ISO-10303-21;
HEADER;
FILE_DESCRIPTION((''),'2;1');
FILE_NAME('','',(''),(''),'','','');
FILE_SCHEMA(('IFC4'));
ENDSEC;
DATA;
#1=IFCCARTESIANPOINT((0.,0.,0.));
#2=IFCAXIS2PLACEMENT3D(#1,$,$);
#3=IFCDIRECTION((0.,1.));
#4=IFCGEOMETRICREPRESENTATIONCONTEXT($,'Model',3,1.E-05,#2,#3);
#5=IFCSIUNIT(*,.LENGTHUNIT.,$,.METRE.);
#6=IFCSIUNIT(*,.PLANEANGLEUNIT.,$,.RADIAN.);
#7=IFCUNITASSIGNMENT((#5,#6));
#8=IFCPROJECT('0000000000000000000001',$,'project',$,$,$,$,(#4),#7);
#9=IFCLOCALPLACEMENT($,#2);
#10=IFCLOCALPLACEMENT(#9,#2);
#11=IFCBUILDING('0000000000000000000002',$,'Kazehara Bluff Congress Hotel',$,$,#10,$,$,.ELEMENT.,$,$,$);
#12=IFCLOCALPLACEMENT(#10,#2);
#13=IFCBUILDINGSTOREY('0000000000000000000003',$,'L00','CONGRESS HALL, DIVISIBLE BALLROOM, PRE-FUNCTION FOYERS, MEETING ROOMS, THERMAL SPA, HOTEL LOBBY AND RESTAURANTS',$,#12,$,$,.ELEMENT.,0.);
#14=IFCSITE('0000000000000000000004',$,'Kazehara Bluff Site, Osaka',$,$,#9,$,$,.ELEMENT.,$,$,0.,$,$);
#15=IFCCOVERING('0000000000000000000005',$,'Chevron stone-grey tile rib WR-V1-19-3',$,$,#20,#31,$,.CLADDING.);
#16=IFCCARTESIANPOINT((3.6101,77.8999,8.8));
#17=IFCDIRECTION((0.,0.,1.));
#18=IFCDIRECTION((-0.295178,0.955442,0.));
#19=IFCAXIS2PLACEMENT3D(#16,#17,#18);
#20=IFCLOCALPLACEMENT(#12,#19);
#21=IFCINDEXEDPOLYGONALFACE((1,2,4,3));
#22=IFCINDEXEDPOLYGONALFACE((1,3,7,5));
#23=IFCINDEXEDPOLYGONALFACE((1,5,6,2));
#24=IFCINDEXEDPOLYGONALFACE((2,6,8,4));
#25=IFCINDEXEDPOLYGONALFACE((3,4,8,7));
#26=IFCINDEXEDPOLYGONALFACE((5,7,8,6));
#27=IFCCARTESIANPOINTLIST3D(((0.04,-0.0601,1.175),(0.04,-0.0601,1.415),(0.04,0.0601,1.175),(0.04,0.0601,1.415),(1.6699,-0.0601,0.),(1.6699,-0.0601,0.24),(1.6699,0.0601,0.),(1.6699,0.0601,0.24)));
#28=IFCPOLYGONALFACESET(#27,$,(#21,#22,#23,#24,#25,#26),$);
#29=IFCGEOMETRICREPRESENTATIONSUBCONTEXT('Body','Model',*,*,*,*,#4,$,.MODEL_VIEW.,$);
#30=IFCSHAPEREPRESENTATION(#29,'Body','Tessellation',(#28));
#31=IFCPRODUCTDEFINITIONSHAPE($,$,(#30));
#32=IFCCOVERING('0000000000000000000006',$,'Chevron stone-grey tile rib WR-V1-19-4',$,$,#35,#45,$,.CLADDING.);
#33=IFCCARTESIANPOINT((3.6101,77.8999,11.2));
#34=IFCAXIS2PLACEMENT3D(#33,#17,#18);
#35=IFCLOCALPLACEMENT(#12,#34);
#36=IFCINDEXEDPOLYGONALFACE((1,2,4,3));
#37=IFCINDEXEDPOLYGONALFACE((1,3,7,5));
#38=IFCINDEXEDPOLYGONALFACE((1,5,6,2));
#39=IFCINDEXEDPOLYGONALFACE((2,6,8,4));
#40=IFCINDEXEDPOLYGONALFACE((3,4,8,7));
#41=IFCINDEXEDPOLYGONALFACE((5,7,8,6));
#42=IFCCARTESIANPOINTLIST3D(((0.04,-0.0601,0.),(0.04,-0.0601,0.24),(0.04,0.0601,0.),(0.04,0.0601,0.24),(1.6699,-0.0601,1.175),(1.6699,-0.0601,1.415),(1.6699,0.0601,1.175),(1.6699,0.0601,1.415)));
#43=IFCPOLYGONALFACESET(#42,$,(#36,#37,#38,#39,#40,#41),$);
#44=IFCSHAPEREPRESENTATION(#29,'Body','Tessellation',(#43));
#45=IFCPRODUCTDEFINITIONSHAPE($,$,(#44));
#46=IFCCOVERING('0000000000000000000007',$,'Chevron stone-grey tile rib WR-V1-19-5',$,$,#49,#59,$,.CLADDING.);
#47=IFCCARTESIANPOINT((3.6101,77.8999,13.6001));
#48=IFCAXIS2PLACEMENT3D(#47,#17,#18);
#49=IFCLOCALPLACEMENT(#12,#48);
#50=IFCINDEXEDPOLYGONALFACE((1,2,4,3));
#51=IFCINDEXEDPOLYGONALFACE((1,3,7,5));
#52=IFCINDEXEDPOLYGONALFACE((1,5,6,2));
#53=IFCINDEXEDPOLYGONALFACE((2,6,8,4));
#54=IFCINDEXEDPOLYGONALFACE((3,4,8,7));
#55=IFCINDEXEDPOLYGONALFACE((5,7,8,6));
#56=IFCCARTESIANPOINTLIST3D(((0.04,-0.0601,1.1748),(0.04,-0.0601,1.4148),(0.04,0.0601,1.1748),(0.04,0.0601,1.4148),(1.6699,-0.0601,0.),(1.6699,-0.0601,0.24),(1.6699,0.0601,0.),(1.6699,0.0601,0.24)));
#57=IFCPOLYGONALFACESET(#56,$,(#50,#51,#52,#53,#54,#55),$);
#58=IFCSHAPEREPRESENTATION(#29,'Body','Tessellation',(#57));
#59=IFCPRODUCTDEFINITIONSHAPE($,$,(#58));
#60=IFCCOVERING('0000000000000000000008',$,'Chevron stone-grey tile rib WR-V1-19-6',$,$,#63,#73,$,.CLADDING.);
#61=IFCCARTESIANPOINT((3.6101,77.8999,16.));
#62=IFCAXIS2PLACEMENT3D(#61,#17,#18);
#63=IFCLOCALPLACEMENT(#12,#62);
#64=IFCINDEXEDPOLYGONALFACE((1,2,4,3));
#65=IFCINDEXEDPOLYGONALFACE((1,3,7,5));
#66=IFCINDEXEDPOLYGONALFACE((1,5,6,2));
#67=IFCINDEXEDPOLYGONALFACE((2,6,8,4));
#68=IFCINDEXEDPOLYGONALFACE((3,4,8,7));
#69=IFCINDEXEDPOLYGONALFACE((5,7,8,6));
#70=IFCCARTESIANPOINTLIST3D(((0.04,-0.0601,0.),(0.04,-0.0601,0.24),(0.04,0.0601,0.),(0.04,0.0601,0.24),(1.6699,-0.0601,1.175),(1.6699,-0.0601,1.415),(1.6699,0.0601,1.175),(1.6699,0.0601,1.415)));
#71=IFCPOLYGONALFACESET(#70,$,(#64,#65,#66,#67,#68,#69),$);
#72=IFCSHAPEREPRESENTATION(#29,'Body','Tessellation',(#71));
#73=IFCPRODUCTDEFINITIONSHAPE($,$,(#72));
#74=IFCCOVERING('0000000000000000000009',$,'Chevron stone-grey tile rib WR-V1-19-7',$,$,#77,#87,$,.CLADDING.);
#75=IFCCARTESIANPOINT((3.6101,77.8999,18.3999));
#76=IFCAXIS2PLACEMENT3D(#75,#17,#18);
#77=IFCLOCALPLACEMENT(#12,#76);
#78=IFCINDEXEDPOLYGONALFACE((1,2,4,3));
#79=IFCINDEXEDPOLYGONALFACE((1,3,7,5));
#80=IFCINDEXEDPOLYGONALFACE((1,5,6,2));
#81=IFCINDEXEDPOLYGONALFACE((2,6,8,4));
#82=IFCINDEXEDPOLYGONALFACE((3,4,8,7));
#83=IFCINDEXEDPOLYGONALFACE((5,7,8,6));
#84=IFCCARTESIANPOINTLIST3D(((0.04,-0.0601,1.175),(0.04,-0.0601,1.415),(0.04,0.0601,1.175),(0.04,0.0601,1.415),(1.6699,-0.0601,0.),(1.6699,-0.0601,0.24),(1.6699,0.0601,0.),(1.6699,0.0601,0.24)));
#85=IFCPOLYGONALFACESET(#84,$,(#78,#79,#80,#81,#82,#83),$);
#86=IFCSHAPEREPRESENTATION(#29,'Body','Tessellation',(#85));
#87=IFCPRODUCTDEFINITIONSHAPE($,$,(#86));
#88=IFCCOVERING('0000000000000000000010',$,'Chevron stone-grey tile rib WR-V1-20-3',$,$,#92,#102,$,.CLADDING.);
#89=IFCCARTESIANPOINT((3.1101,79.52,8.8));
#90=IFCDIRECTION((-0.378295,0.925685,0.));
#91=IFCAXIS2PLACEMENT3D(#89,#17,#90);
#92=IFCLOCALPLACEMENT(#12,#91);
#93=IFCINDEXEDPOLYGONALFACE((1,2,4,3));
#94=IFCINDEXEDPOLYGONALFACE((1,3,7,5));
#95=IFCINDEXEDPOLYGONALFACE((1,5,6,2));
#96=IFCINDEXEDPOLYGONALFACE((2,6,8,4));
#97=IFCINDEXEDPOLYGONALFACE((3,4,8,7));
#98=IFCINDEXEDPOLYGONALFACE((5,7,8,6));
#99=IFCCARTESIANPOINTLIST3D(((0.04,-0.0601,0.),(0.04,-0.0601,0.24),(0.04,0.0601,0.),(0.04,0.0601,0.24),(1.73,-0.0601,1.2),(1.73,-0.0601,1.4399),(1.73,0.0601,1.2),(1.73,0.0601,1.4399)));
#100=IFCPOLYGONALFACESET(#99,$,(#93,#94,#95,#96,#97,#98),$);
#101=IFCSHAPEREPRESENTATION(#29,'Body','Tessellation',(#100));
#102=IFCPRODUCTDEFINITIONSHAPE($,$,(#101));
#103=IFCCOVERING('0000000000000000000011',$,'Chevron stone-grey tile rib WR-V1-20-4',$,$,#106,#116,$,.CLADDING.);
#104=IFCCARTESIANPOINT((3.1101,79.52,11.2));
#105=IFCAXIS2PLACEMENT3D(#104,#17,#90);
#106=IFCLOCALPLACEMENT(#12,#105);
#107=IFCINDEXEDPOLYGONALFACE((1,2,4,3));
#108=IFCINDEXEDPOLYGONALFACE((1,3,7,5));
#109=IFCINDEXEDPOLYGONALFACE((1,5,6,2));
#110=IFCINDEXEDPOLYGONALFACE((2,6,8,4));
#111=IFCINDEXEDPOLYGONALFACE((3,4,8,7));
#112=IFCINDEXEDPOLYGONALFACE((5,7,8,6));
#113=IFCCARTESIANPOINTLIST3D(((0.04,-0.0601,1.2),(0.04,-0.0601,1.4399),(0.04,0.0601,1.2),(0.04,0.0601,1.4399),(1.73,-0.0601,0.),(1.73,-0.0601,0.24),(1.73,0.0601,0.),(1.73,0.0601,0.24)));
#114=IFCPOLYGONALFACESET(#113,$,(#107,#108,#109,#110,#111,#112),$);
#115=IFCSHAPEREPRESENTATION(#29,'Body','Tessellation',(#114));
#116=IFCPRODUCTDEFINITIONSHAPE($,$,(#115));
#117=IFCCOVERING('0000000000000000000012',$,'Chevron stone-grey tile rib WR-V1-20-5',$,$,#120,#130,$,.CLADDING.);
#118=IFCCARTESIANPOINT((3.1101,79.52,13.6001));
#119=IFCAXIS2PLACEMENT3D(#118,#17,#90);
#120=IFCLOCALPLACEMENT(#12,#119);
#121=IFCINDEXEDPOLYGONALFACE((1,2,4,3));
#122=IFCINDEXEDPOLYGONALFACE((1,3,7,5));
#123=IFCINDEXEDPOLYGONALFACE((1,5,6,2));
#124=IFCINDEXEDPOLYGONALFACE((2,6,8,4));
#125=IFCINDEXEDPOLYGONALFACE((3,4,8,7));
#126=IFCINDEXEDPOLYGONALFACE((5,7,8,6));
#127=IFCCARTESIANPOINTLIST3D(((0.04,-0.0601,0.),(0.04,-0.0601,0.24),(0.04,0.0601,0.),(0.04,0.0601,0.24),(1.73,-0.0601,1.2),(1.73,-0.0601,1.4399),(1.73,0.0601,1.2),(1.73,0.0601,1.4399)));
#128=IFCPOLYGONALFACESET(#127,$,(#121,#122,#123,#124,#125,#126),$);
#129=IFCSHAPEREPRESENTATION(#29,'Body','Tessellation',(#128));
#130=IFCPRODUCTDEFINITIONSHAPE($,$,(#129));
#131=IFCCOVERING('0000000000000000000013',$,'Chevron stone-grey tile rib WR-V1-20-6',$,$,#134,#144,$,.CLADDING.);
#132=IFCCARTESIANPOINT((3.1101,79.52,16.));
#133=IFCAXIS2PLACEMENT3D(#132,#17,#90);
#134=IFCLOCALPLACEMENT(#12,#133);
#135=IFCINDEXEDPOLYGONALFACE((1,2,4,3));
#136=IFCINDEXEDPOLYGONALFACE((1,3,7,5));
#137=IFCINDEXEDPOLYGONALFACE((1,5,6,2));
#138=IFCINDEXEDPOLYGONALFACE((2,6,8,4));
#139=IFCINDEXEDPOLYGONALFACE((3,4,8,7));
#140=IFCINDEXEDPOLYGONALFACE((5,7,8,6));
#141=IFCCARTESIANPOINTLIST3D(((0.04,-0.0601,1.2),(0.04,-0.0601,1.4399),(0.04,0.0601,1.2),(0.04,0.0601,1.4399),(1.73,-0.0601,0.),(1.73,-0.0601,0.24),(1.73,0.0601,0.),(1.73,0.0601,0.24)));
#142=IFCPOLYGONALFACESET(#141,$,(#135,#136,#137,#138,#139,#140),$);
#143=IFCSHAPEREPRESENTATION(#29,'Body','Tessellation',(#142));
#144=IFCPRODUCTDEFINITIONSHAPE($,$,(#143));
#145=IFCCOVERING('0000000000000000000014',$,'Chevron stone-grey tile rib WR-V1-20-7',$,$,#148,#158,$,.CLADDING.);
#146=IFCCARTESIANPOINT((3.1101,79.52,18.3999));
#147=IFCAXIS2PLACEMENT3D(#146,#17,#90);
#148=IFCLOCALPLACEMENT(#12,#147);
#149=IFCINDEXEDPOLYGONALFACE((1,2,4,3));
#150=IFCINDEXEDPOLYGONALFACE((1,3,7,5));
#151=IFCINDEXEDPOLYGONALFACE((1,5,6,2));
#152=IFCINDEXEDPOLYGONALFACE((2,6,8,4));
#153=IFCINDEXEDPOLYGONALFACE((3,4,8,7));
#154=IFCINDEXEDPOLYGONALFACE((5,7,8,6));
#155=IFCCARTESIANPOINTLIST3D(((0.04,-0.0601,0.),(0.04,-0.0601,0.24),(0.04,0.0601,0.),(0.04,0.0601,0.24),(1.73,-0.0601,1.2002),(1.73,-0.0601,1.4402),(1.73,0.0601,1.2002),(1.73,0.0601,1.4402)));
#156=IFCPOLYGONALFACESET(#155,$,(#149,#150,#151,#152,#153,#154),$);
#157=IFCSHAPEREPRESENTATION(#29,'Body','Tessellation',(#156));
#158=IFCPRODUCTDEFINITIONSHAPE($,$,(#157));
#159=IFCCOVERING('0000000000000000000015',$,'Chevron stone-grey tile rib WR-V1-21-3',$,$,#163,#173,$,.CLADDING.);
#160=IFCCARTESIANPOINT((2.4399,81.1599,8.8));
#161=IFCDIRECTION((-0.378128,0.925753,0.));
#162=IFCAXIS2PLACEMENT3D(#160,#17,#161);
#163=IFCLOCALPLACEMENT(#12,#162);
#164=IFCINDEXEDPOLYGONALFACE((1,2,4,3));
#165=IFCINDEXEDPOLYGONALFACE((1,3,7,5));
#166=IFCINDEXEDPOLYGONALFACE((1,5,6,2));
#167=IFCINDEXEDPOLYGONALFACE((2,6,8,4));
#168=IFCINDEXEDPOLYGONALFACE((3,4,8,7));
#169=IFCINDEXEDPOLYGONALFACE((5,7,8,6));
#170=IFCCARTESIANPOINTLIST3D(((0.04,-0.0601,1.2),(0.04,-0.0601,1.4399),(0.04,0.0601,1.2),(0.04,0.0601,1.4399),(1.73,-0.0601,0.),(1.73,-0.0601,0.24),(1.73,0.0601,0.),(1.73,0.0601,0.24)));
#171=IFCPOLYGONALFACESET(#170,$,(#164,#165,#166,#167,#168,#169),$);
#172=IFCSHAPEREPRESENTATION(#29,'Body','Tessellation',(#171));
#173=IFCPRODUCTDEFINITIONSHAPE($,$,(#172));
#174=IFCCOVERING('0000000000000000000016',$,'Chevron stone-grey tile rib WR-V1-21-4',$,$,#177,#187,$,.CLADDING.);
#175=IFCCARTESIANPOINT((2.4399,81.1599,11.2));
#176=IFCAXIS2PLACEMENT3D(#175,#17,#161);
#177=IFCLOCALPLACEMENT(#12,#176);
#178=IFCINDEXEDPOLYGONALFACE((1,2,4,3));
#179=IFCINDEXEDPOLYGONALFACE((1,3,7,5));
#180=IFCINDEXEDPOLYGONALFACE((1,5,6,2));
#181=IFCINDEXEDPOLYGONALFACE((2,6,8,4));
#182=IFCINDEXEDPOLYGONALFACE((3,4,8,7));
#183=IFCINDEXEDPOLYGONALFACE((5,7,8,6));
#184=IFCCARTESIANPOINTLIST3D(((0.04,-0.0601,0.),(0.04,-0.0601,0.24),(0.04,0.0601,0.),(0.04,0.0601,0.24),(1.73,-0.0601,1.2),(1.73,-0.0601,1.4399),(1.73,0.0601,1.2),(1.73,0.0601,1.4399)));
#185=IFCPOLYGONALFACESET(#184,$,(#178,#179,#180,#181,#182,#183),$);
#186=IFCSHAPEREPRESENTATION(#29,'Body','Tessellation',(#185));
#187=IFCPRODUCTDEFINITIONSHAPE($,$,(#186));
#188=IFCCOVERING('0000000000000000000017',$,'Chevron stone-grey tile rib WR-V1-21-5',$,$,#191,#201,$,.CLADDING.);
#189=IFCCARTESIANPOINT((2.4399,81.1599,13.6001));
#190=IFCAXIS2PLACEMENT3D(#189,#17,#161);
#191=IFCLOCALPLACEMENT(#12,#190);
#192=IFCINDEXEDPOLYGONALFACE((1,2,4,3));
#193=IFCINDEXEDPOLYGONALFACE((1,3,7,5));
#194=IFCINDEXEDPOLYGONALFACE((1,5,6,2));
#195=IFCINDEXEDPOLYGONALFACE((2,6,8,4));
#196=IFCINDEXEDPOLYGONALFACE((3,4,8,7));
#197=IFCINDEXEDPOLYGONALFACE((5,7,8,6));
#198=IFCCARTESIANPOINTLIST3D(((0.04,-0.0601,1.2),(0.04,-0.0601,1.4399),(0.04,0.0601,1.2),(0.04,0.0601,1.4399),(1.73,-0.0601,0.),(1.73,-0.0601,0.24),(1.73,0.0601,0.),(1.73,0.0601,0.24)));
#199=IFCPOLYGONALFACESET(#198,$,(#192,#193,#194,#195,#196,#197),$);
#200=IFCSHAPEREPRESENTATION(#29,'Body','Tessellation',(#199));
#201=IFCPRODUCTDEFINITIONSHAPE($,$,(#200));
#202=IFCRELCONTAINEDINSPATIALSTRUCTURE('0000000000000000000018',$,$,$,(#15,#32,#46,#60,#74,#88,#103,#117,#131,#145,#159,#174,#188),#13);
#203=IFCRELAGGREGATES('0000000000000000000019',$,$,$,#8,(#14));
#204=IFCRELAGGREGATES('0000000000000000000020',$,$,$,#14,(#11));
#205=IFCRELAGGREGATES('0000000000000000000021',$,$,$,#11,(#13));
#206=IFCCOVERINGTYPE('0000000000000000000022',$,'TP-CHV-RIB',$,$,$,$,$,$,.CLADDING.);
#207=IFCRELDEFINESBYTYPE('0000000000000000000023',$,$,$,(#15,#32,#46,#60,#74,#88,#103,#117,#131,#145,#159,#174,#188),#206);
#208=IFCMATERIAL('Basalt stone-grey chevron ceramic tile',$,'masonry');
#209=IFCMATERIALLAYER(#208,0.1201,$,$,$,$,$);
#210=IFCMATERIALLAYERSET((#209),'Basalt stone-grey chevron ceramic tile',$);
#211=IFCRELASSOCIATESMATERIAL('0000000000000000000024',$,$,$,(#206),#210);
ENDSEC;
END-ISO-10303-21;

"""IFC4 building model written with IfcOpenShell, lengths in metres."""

from ifc_helpers import new_model, si_unit, direction, frame, origin, place, context, subcontext, project, spatial, polyline, outline, extrude, material, layer, layer_set, type_object, element, save


model = new_model("IFC4")

# Units and contexts
model_context = context("Model", 3, precision=1e-05, world=origin(), true_north=direction((0.0, 1.0)))
body_context = subcontext(model_context, "Body", "Model", "MODEL_VIEW")
ifc_project = project(units=[si_unit("LENGTHUNIT", "METRE"), si_unit("PLANEANGLEUNIT", "RADIAN")], contexts=[model_context])

# Site, building, storey
site_placement = place(None, origin())
site = spatial("IfcSite", under=ifc_project, at=site_placement, Name="Kazehara Bluff Site, Osaka", CompositionType="ELEMENT", RefElevation=0.0)
building_placement = place(site_placement, origin())
building = spatial("IfcBuilding", under=site, at=building_placement, Name="Kazehara Bluff Congress Hotel", CompositionType="ELEMENT")
storey_placement = place(building_placement, origin())
storey = spatial("IfcBuildingStorey", under=building, at=storey_placement, Name="L00", Description="CONGRESS HALL, DIVISIBLE BALLROOM, PRE-FUNCTION FOYERS, MEETING ROOMS, THERMAL SPA, HOTEL LOBBY AND RESTAURANTS", CompositionType="ELEMENT", Elevation=0.0)

# Coverings
ifc_material = material(Name="Basalt stone-grey chevron ceramic tile", Category="masonry")
ifc_layer = layer(ifc_material, 0.1201)
ifc_layer_set = layer_set([ifc_layer], Name="Basalt stone-grey chevron ceramic tile")
covering_type = type_object("IfcCoveringType", Name="TP-CHV-RIB", PredefinedType="CLADDING", material=ifc_layer_set)
covering_1_placement = place(storey_placement, frame((3.6101, 77.8999, 8.8), z_axis=(0.0, 0.0, 1.0), x_axis=(-0.295178, 0.955442, 0.0)))
element("IfcCovering", 1, at=covering_1_placement, inside=storey, type_object=covering_type, Name="Chevron stone-grey tile rib WR-V1-19-3", PredefinedType="CLADDING", context=body_context, shape_type="SweptSolid", body=[
    extrude(outline(polyline([(0.04, 1.175), (1.6699, 0.0), (1.6699, 0.24), (0.04, 1.415), (0.04, 1.175)])), frame((0.0, 0.0601, 0.0), z_axis=(0.0, -1.0, 0.0), x_axis=(1.0, 0.0, 0.0)), (0.0, 0.0, 1.0), 0.1201),
])
covering_2_placement = place(storey_placement, frame((3.6101, 77.8999, 11.2), z_axis=(0.0, 0.0, 1.0), x_axis=(-0.295178, 0.955442, 0.0)))
element("IfcCovering", 2, at=covering_2_placement, inside=storey, type_object=covering_type, Name="Chevron stone-grey tile rib WR-V1-19-4", PredefinedType="CLADDING", context=body_context, shape_type="SweptSolid", body=[
    extrude(outline(polyline([(0.04, 0.0), (1.6699, 1.175), (1.6699, 1.415), (0.04, 0.24), (0.04, 0.0)])), frame((0.0, 0.0601, 0.0), z_axis=(0.0, -1.0, 0.0), x_axis=(1.0, 0.0, 0.0)), (0.0, 0.0, 1.0), 0.1201),
])
covering_3_placement = place(storey_placement, frame((3.6101, 77.8999, 13.6001), z_axis=(0.0, 0.0, 1.0), x_axis=(-0.295178, 0.955442, 0.0)))
element("IfcCovering", 3, at=covering_3_placement, inside=storey, type_object=covering_type, Name="Chevron stone-grey tile rib WR-V1-19-5", PredefinedType="CLADDING", context=body_context, shape_type="SweptSolid", body=[
    extrude(outline(polyline([(0.04, 1.1748), (1.6699, 0.0), (1.6699, 0.24), (0.04, 1.4148), (0.04, 1.1748)])), frame((0.0, 0.0601, 0.0), z_axis=(0.0, -1.0, 0.0), x_axis=(1.0, 0.0, 0.0)), (0.0, 0.0, 1.0), 0.1201),
])
covering_4_placement = place(storey_placement, frame((3.6101, 77.8999, 16.0), z_axis=(0.0, 0.0, 1.0), x_axis=(-0.295178, 0.955442, 0.0)))
element("IfcCovering", 4, at=covering_4_placement, inside=storey, type_object=covering_type, Name="Chevron stone-grey tile rib WR-V1-19-6", PredefinedType="CLADDING", context=body_context, shape_type="SweptSolid", body=[
    extrude(outline(polyline([(0.04, 0.0), (1.6699, 1.175), (1.6699, 1.415), (0.04, 0.24), (0.04, 0.0)])), frame((0.0, 0.0601, 0.0), z_axis=(0.0, -1.0, 0.0), x_axis=(1.0, 0.0, 0.0)), (0.0, 0.0, 1.0), 0.1201),
])
covering_5_placement = place(storey_placement, frame((3.6101, 77.8999, 18.3999), z_axis=(0.0, 0.0, 1.0), x_axis=(-0.295178, 0.955442, 0.0)))
element("IfcCovering", 5, at=covering_5_placement, inside=storey, type_object=covering_type, Name="Chevron stone-grey tile rib WR-V1-19-7", PredefinedType="CLADDING", context=body_context, shape_type="SweptSolid", body=[
    extrude(outline(polyline([(0.04, 1.175), (1.6699, 0.0), (1.6699, 0.24), (0.04, 1.415), (0.04, 1.175)])), frame((0.0, 0.0601, 0.0), z_axis=(0.0, -1.0, 0.0), x_axis=(1.0, 0.0, 0.0)), (0.0, 0.0, 1.0), 0.1201),
])
covering_6_placement = place(storey_placement, frame((3.1101, 79.52, 8.8), z_axis=(0.0, 0.0, 1.0), x_axis=(-0.378295, 0.925685, 0.0)))
element("IfcCovering", 6, at=covering_6_placement, inside=storey, type_object=covering_type, Name="Chevron stone-grey tile rib WR-V1-20-3", PredefinedType="CLADDING", context=body_context, shape_type="SweptSolid", body=[
    extrude(outline(polyline([(0.04, 0.0), (1.73, 1.2), (1.73, 1.4399), (0.04, 0.24), (0.04, 0.0)])), frame((0.0, 0.0601, 0.0), z_axis=(0.0, -1.0, 0.0), x_axis=(1.0, 0.0, 0.0)), (0.0, 0.0, 1.0), 0.1201),
])
covering_7_placement = place(storey_placement, frame((3.1101, 79.52, 11.2), z_axis=(0.0, 0.0, 1.0), x_axis=(-0.378295, 0.925685, 0.0)))
element("IfcCovering", 7, at=covering_7_placement, inside=storey, type_object=covering_type, Name="Chevron stone-grey tile rib WR-V1-20-4", PredefinedType="CLADDING", context=body_context, shape_type="SweptSolid", body=[
    extrude(outline(polyline([(0.04, 1.2), (1.73, 0.0), (1.73, 0.24), (0.04, 1.4399), (0.04, 1.2)])), frame((0.0, 0.0601, 0.0), z_axis=(0.0, -1.0, 0.0), x_axis=(1.0, 0.0, 0.0)), (0.0, 0.0, 1.0), 0.1201),
])
covering_8_placement = place(storey_placement, frame((3.1101, 79.52, 13.6001), z_axis=(0.0, 0.0, 1.0), x_axis=(-0.378295, 0.925685, 0.0)))
element("IfcCovering", 8, at=covering_8_placement, inside=storey, type_object=covering_type, Name="Chevron stone-grey tile rib WR-V1-20-5", PredefinedType="CLADDING", context=body_context, shape_type="SweptSolid", body=[
    extrude(outline(polyline([(0.04, 0.0), (1.73, 1.2), (1.73, 1.4399), (0.04, 0.24), (0.04, 0.0)])), frame((0.0, 0.0601, 0.0), z_axis=(0.0, -1.0, 0.0), x_axis=(1.0, 0.0, 0.0)), (0.0, 0.0, 1.0), 0.1201),
])
covering_9_placement = place(storey_placement, frame((3.1101, 79.52, 16.0), z_axis=(0.0, 0.0, 1.0), x_axis=(-0.378295, 0.925685, 0.0)))
element("IfcCovering", 9, at=covering_9_placement, inside=storey, type_object=covering_type, Name="Chevron stone-grey tile rib WR-V1-20-6", PredefinedType="CLADDING", context=body_context, shape_type="SweptSolid", body=[
    extrude(outline(polyline([(0.04, 1.2), (1.73, 0.0), (1.73, 0.24), (0.04, 1.4399), (0.04, 1.2)])), frame((0.0, 0.0601, 0.0), z_axis=(0.0, -1.0, 0.0), x_axis=(1.0, 0.0, 0.0)), (0.0, 0.0, 1.0), 0.1201),
])
covering_10_placement = place(storey_placement, frame((3.1101, 79.52, 18.3999), z_axis=(0.0, 0.0, 1.0), x_axis=(-0.378295, 0.925685, 0.0)))
element("IfcCovering", 10, at=covering_10_placement, inside=storey, type_object=covering_type, Name="Chevron stone-grey tile rib WR-V1-20-7", PredefinedType="CLADDING", context=body_context, shape_type="SweptSolid", body=[
    extrude(outline(polyline([(0.04, 0.0), (1.73, 1.2002), (1.73, 1.4402), (0.04, 0.24), (0.04, 0.0)])), frame((0.0, 0.0601, 0.0), z_axis=(0.0, -1.0, 0.0), x_axis=(1.0, 0.0, 0.0)), (0.0, 0.0, 1.0), 0.1201),
])
covering_11_placement = place(storey_placement, frame((2.4399, 81.1599, 8.8), z_axis=(0.0, 0.0, 1.0), x_axis=(-0.378128, 0.925753, 0.0)))
element("IfcCovering", 11, at=covering_11_placement, inside=storey, type_object=covering_type, Name="Chevron stone-grey tile rib WR-V1-21-3", PredefinedType="CLADDING", context=body_context, shape_type="SweptSolid", body=[
    extrude(outline(polyline([(0.04, 1.2), (1.73, 0.0), (1.73, 0.24), (0.04, 1.4399), (0.04, 1.2)])), frame((0.0, 0.0601, 0.0), z_axis=(0.0, -1.0, 0.0), x_axis=(1.0, 0.0, 0.0)), (0.0, 0.0, 1.0), 0.1201),
])
covering_12_placement = place(storey_placement, frame((2.4399, 81.1599, 11.2), z_axis=(0.0, 0.0, 1.0), x_axis=(-0.378128, 0.925753, 0.0)))
element("IfcCovering", 12, at=covering_12_placement, inside=storey, type_object=covering_type, Name="Chevron stone-grey tile rib WR-V1-21-4", PredefinedType="CLADDING", context=body_context, shape_type="SweptSolid", body=[
    extrude(outline(polyline([(0.04, 0.0), (1.73, 1.2), (1.73, 1.4399), (0.04, 0.24), (0.04, 0.0)])), frame((0.0, 0.0601, 0.0), z_axis=(0.0, -1.0, 0.0), x_axis=(1.0, 0.0, 0.0)), (0.0, 0.0, 1.0), 0.1201),
])
covering_13_placement = place(storey_placement, frame((2.4399, 81.1599, 13.6001), z_axis=(0.0, 0.0, 1.0), x_axis=(-0.378128, 0.925753, 0.0)))
element("IfcCovering", 13, at=covering_13_placement, inside=storey, type_object=covering_type, Name="Chevron stone-grey tile rib WR-V1-21-5", PredefinedType="CLADDING", context=body_context, shape_type="SweptSolid", body=[
    extrude(outline(polyline([(0.04, 1.2), (1.73, 0.0), (1.73, 0.24), (0.04, 1.4399), (0.04, 1.2)])), frame((0.0, 0.0601, 0.0), z_axis=(0.0, -1.0, 0.0), x_axis=(1.0, 0.0, 0.0)), (0.0, 0.0, 1.0), 0.1201),
])

save(model, "model.ifc")
